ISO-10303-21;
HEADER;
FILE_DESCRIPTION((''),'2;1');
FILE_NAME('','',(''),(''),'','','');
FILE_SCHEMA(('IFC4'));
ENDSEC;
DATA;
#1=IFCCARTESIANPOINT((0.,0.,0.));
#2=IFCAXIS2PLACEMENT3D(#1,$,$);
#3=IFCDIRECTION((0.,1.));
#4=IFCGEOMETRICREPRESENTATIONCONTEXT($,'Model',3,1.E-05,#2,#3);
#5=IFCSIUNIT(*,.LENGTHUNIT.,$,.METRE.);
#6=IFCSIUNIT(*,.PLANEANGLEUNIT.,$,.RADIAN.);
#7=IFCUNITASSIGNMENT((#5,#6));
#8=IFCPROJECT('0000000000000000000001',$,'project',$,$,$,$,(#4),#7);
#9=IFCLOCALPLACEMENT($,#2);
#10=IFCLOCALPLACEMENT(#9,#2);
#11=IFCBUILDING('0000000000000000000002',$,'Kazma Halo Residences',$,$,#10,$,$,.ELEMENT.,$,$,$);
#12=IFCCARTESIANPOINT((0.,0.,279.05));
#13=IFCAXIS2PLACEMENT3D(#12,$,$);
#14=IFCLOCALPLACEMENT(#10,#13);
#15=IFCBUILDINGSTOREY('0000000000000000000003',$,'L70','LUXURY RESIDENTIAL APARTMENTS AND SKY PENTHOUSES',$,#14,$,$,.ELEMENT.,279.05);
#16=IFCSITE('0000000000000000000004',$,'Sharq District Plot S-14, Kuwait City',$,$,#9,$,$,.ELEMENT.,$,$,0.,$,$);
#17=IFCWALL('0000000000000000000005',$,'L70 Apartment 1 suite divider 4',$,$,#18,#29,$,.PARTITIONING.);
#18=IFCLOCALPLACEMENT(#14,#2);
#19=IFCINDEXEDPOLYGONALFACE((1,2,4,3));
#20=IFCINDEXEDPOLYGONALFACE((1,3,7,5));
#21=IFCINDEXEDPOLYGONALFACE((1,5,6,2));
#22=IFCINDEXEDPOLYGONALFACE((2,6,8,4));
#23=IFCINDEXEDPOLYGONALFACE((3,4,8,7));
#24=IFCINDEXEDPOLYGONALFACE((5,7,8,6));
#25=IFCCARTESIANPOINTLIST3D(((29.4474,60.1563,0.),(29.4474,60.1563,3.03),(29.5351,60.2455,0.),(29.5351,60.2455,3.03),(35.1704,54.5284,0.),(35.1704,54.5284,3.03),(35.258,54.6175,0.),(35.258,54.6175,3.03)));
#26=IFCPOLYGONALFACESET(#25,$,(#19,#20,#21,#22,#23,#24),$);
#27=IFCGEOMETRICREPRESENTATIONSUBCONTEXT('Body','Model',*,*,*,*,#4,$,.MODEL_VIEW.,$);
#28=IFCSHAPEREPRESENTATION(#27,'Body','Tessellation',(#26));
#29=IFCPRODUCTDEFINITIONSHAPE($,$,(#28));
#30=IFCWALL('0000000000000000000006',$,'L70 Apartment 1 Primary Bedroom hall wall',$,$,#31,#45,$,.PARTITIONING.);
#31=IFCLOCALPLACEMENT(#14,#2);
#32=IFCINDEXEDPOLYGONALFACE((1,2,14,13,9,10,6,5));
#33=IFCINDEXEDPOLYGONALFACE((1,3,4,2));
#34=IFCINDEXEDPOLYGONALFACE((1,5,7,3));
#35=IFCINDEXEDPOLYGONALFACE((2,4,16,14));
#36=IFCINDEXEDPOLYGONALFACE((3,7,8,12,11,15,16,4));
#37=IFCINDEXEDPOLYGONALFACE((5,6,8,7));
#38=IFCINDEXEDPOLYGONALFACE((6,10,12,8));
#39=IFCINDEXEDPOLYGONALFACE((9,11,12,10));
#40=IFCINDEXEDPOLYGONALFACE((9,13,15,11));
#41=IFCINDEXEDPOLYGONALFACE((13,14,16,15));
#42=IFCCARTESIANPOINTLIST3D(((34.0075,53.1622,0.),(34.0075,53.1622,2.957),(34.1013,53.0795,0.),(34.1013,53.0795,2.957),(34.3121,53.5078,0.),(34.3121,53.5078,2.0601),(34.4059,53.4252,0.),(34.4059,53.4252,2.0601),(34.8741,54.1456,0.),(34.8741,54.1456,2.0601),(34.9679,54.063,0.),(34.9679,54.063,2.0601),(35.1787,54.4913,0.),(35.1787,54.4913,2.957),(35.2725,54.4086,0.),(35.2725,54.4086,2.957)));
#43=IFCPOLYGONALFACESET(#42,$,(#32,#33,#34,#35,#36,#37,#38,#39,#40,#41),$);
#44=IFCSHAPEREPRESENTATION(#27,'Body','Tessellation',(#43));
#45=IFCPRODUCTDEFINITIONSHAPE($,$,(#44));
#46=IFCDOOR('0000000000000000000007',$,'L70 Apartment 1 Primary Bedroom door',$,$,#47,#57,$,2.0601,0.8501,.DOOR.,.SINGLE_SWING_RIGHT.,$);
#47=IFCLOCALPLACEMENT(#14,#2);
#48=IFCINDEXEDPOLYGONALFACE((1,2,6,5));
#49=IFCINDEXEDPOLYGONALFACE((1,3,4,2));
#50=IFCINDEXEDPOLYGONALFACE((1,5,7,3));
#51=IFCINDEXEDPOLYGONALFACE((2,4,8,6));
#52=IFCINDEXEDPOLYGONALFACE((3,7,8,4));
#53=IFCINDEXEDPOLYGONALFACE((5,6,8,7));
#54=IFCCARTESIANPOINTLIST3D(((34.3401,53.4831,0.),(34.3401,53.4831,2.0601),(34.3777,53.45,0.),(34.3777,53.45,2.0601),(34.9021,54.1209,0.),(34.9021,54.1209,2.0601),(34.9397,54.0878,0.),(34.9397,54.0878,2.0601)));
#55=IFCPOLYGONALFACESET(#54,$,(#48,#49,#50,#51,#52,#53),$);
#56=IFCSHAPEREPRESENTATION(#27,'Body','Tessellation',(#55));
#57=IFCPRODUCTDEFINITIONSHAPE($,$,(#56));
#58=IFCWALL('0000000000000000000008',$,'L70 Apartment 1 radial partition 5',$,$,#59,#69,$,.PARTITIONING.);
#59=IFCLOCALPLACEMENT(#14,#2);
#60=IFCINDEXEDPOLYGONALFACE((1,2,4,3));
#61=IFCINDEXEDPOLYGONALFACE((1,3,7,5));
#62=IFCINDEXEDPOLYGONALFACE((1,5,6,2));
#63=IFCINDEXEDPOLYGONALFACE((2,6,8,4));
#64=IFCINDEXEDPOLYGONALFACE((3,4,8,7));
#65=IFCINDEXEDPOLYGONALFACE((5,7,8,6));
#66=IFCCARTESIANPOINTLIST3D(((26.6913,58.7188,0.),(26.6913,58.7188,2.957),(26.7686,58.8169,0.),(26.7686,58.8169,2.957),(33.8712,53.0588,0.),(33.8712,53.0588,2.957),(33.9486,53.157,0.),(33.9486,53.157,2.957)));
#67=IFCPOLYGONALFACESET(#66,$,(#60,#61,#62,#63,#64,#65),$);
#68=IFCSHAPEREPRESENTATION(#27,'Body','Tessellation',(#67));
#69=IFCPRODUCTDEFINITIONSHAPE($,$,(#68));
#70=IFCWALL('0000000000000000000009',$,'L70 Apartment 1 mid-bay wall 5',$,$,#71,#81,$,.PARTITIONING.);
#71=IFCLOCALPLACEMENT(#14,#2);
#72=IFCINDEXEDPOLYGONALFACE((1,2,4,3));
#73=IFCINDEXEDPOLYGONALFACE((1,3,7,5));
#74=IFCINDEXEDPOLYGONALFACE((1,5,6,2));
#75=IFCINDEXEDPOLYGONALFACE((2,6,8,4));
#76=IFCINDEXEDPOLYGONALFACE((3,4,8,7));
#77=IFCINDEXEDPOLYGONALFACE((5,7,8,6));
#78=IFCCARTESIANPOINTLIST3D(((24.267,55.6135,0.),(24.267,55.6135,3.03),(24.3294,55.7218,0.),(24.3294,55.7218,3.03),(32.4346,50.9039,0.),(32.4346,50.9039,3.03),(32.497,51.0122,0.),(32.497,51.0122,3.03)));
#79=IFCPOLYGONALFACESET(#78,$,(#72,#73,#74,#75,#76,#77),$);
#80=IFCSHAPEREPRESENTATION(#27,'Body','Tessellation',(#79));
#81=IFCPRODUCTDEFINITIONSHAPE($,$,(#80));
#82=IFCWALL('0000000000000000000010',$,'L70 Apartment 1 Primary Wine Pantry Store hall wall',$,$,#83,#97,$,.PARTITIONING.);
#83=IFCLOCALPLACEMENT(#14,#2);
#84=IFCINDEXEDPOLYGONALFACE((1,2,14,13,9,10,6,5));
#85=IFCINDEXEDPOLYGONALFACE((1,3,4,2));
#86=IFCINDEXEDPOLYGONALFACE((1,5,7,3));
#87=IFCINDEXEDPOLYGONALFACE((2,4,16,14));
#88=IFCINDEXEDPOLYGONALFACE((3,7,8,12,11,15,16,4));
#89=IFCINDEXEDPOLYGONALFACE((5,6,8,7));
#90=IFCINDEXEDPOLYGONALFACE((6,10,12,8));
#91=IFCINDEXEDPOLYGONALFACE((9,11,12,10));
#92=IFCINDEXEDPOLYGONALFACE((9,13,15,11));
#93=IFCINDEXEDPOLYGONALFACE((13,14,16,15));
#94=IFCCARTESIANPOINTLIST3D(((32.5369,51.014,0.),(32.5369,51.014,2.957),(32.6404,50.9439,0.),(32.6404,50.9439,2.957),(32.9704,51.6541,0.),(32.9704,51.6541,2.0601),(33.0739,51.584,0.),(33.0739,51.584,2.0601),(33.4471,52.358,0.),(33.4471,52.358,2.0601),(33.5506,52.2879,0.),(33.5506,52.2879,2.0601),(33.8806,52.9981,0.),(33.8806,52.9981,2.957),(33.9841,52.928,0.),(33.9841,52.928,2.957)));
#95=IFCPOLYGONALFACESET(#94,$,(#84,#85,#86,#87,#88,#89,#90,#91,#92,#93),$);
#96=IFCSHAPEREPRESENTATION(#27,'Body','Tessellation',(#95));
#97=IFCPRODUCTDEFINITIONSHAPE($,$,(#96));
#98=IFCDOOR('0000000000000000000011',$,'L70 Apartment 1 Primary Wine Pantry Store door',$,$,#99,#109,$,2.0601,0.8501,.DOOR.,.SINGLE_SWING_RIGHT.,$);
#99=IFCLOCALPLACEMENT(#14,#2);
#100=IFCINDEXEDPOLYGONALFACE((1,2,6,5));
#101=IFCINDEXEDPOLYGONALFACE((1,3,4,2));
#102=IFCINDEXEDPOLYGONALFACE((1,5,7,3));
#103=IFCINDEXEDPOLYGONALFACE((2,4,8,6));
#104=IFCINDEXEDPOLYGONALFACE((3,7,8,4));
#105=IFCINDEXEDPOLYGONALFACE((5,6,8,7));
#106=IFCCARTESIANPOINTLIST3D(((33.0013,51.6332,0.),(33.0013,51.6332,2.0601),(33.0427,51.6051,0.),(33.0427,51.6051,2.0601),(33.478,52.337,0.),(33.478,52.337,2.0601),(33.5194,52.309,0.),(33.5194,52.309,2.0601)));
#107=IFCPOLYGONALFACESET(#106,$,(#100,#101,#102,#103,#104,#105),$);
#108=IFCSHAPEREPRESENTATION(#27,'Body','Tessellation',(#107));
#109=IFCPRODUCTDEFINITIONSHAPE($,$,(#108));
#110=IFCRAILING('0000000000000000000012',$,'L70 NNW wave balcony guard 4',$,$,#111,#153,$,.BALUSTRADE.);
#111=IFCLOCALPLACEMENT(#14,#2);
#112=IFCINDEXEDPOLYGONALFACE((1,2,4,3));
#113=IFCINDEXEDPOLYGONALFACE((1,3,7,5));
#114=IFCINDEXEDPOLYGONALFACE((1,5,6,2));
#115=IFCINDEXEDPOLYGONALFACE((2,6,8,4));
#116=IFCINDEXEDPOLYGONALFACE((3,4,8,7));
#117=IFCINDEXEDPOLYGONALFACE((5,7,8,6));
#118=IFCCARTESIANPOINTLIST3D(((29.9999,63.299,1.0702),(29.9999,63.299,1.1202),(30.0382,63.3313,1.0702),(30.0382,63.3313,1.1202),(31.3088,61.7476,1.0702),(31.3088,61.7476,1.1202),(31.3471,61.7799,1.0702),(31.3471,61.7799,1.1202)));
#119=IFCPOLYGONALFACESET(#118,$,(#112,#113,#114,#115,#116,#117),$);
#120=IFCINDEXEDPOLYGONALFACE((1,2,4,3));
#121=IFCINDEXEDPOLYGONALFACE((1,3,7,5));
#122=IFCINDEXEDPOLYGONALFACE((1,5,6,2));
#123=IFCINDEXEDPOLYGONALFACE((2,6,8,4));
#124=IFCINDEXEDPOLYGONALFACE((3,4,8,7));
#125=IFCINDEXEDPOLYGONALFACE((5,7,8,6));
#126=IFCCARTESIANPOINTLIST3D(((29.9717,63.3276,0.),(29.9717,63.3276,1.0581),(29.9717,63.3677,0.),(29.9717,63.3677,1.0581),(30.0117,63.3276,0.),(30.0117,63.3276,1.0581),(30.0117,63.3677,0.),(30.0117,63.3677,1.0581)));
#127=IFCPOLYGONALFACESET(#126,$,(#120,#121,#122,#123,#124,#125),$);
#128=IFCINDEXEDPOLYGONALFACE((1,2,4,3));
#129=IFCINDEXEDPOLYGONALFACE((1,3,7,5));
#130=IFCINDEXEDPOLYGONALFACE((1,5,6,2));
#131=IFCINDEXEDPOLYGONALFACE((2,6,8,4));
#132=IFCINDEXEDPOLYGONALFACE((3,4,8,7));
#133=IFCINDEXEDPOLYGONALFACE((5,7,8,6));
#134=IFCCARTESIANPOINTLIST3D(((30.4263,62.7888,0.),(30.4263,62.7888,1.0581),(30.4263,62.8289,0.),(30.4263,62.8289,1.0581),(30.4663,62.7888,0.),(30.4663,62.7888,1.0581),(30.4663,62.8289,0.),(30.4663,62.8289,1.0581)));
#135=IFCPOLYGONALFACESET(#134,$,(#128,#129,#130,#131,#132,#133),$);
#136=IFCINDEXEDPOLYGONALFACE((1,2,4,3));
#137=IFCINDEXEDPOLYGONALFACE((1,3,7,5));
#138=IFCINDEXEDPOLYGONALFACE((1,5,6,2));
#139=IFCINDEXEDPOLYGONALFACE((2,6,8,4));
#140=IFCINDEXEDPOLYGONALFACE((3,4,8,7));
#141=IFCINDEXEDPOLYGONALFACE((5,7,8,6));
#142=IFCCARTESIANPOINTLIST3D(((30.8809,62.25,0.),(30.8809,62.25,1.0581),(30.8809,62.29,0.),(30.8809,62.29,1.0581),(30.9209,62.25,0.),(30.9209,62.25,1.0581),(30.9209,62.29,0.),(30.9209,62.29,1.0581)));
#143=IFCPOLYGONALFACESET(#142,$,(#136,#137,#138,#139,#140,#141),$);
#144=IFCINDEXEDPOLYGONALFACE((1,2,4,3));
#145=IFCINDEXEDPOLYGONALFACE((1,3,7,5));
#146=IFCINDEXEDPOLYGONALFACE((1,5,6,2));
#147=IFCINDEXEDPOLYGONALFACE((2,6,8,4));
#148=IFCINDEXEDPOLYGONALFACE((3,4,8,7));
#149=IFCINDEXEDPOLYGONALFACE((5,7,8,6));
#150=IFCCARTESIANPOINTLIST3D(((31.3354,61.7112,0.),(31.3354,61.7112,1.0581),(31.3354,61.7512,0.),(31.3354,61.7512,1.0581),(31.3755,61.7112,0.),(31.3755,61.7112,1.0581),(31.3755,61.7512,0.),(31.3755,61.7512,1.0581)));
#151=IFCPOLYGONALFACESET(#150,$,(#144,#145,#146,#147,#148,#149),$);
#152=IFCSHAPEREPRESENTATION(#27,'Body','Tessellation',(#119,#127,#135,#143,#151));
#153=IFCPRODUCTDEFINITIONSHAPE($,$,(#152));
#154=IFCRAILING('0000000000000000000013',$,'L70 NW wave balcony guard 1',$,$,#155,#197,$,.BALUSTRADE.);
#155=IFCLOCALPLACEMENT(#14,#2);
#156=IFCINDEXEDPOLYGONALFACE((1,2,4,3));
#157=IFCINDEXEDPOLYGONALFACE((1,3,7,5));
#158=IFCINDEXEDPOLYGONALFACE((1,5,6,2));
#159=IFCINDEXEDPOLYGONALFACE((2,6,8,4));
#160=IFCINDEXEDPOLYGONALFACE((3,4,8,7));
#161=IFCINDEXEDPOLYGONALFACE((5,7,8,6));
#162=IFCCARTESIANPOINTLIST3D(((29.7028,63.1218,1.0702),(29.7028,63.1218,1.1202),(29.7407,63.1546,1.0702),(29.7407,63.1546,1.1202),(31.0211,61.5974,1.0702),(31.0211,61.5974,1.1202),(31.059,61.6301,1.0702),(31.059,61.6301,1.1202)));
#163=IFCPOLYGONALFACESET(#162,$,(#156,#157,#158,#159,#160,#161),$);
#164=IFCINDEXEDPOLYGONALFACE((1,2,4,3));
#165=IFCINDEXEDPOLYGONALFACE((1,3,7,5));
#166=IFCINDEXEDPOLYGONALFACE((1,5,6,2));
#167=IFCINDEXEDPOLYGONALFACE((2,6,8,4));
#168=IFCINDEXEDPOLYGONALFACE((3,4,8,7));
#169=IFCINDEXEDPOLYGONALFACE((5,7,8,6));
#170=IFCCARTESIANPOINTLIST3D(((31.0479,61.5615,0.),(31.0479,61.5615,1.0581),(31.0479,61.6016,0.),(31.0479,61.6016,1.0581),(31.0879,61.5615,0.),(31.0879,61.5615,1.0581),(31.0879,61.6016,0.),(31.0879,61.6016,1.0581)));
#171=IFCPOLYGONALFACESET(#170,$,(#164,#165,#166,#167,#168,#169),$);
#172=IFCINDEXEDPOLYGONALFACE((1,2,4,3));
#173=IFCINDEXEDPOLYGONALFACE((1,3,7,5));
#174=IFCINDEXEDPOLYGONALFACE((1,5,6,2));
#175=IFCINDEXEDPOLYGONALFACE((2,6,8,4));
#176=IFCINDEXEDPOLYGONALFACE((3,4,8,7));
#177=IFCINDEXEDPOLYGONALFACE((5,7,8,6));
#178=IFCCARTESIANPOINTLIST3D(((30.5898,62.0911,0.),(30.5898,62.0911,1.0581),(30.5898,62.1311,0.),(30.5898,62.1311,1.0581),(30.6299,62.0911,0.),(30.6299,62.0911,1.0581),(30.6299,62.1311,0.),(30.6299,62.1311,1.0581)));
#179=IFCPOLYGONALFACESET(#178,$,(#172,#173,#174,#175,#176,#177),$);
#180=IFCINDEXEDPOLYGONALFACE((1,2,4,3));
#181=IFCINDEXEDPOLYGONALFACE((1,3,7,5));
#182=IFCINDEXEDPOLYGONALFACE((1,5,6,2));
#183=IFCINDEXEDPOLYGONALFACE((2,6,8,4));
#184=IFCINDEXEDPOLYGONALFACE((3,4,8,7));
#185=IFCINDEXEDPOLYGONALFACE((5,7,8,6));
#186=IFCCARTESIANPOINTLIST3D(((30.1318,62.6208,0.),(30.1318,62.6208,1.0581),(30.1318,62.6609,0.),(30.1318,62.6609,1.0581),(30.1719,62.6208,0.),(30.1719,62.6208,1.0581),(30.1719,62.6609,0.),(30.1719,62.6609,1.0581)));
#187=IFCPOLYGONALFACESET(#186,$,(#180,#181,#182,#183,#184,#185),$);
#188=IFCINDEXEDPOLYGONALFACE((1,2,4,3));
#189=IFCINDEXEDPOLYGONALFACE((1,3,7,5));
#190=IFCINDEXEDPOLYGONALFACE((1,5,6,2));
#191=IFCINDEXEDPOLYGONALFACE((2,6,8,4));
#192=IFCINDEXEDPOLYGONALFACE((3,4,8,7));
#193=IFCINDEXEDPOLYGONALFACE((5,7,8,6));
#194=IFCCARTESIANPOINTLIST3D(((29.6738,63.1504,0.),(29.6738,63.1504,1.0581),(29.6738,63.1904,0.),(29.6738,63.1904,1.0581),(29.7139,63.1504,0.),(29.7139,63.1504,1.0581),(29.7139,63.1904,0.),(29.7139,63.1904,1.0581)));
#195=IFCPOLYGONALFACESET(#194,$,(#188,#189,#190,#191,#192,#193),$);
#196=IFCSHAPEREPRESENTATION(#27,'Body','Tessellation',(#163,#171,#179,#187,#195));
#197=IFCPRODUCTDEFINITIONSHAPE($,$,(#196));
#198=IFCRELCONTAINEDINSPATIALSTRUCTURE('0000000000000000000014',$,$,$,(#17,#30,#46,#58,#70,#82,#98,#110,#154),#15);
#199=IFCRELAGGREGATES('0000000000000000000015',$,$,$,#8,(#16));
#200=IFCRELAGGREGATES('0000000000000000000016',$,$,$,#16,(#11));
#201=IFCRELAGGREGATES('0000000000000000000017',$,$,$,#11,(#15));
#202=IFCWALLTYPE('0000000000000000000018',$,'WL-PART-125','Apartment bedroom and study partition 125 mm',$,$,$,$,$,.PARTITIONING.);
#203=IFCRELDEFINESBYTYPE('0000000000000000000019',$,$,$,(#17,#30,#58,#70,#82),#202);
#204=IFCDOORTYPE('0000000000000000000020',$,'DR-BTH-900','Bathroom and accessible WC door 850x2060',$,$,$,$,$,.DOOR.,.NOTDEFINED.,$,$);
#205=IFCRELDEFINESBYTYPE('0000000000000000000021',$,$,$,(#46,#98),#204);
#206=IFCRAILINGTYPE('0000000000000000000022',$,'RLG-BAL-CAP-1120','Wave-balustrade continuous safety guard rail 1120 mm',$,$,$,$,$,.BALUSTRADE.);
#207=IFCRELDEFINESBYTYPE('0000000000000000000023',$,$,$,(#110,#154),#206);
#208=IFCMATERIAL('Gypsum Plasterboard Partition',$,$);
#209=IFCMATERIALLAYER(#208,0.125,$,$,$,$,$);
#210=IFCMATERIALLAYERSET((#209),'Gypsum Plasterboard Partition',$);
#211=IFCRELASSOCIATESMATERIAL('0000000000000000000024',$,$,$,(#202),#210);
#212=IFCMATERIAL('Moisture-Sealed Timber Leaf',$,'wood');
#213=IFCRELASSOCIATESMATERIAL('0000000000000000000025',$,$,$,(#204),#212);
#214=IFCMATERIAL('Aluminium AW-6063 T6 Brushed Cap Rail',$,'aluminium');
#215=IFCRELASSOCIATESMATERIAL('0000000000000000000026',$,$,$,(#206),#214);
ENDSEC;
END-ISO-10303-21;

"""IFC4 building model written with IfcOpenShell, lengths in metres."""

from ifc_helpers import new_model, si_unit, direction, frame, frame_2d, origin, origin_2d, place, context, subcontext, project, spatial, rectangle, extrude, material, layer, layer_set, type_object, element, fill, save


model = new_model("IFC4")

# Units and contexts
model_context = context("Model", 3, precision=1e-05, world=origin(), true_north=direction((0.0, 1.0)))
body_context = subcontext(model_context, "Body", "Model", "MODEL_VIEW")
ifc_project = project(units=[si_unit("LENGTHUNIT", "METRE"), si_unit("PLANEANGLEUNIT", "RADIAN")], contexts=[model_context])

# Site, building, storey
site_placement = place(None, origin())
site = spatial("IfcSite", under=ifc_project, at=site_placement, Name="Sharq District Plot S-14, Kuwait City", CompositionType="ELEMENT", RefElevation=0.0)
building_placement = place(site_placement, origin())
building = spatial("IfcBuilding", under=site, at=building_placement, Name="Kazma Halo Residences", CompositionType="ELEMENT")
storey_placement = place(building_placement, frame((0.0, 0.0, 279.05)))
storey = spatial("IfcBuildingStorey", under=building, at=storey_placement, Name="L70", Description="LUXURY RESIDENTIAL APARTMENTS AND SKY PENTHOUSES", CompositionType="ELEMENT", Elevation=279.05)

# Shared definitions
ifc_material_1 = material(Name="Gypsum Plasterboard Partition")
ifc_layer_1 = layer(ifc_material_1, 0.125)
ifc_layer_set_1 = layer_set([ifc_layer_1], Name="Gypsum Plasterboard Partition")
wall_type_1 = type_object("IfcWallType", Name="WL-PART-125", Description="Apartment bedroom and study partition 125 mm", PredefinedType="PARTITIONING", material=ifc_layer_set_1)
ifc_material_2 = material(Name="Moisture-Sealed Timber Leaf", Category="wood")
door_type_1 = type_object("IfcDoorType", Name="DR-BTH-900", Description="Bathroom and accessible WC door 850x2060", OperationType="NOTDEFINED", PredefinedType="DOOR", material=ifc_material_2)

# Wall
wall_1_placement = place(storey_placement, frame((35.2141, 54.573, 0.0), z_axis=(0.0, 0.0, 1.0), x_axis=(-0.712998, 0.701166, 0.0)))
element("IfcWall", 1, at=wall_1_placement, inside=storey, type_object=wall_type_1, Name="L70 Apartment 1 suite divider 4", PredefinedType="PARTITIONING", context=body_context, shape_type="SweptSolid", body=[
    extrude(rectangle(XDim=8.0266, YDim=0.125, at=frame_2d((4.0132, 0.0))), origin(), (0.0, 0.0, 1.0), 3.03),
])

# Wall, opening, door
wall_2_placement = place(storey_placement, frame((35.2256, 54.45, 0.0), z_axis=(0.0, 0.0, 1.0), x_axis=(-0.661116, -0.750284, 0.0)))
wall_2 = element("IfcWall", 2, at=wall_2_placement, inside=storey, type_object=wall_type_1, Name="L70 Apartment 1 Primary Bedroom hall wall", PredefinedType="PARTITIONING", context=body_context, shape_type="SweptSolid", body=[
    extrude(rectangle(XDim=1.7715, YDim=0.125, at=frame_2d((0.8857, 0.0))), origin(), (0.0, 0.0, 1.0), 2.957),
])
opening_1_placement = place(wall_2_placement, frame((0.4607, 0.0, 0.0)))
opening_1 = element("IfcOpeningElement", 3, at=opening_1_placement, cuts=wall_2, PredefinedType="OPENING", context=body_context, shape_type="SweptSolid", body=[
    extrude(rectangle(XDim=0.8501, YDim=2.0601, at=frame_2d((0.425, 1.03))), frame((0.0, 0.0725, 0.0), z_axis=(0.0, -1.0, 0.0), x_axis=(1.0, 0.0, 0.0)), (0.0, 0.0, 1.0), 0.145),
])
door_1_placement = place(opening_1_placement, origin())
door_1 = element("IfcDoor", 4, at=door_1_placement, inside=storey, type_object=door_type_1, Name="L70 Apartment 1 Primary Bedroom door", OperationType="SINGLE_SWING_RIGHT", OverallHeight=2.0601, OverallWidth=0.8501, PredefinedType="DOOR", context=body_context, shape_type="SweptSolid", body=[
    extrude(rectangle(XDim=0.8501, YDim=2.0601, at=frame_2d((0.425, 1.03))), frame((0.0, 0.0249, 0.0), z_axis=(0.0, -1.0, 0.0), x_axis=(1.0, 0.0, 0.0)), (0.0, 0.0, 1.0), 0.05),
])
fill(opening_1, door_1)

# Walls
wall_3_placement = place(storey_placement, frame((33.9099, 53.1079, 0.0), z_axis=(0.0, 0.0, 1.0), x_axis=(-0.785332, 0.619074, 0.0)))
element("IfcWall", 5, at=wall_3_placement, inside=storey, type_object=wall_type_1, Name="L70 Apartment 1 radial partition 5", PredefinedType="PARTITIONING", context=body_context, shape_type="SweptSolid", body=[
    extrude(rectangle(XDim=9.1426, YDim=0.125, at=frame_2d((4.5713, 0.0))), origin(), (0.0, 0.0, 1.0), 2.957),
])
wall_4_placement = place(storey_placement, frame((32.4658, 50.958, 0.0), z_axis=(0.0, 0.0, 1.0), x_axis=(-0.866297, 0.499529, 0.0)))
element("IfcWall", 6, at=wall_4_placement, inside=storey, type_object=wall_type_1, Name="L70 Apartment 1 mid-bay wall 5", PredefinedType="PARTITIONING", context=body_context, shape_type="SweptSolid", body=[
    extrude(rectangle(XDim=9.4282, YDim=0.125, at=frame_2d((4.7141, 0.0))), origin(), (0.0, 0.0, 1.0), 3.03),
])

# Wall, opening, door
wall_5_placement = place(storey_placement, frame((33.9324, 52.9631, 0.0), z_axis=(0.0, 0.0, 1.0), x_axis=(-0.560751, -0.827984, 0.0)))
wall_5 = element("IfcWall", 7, at=wall_5_placement, inside=storey, type_object=wall_type_1, Name="L70 Apartment 1 Primary Wine Pantry Store hall wall", PredefinedType="PARTITIONING", context=body_context, shape_type="SweptSolid", body=[
    extrude(rectangle(XDim=2.3962, YDim=0.125, at=frame_2d((1.1982, 0.0))), origin(), (0.0, 0.0, 1.0), 2.957),
])
opening_2_placement = place(wall_5_placement, frame((0.7732, 0.0, 0.0)))
opening_2 = element("IfcOpeningElement", 8, at=opening_2_placement, cuts=wall_5, PredefinedType="OPENING", context=body_context, shape_type="SweptSolid", body=[
    extrude(rectangle(XDim=0.8501, YDim=2.0601, at=frame_2d((0.425, 1.03))), frame((0.0, 0.0725, 0.0), z_axis=(0.0, -1.0, 0.0), x_axis=(1.0, 0.0, 0.0)), (0.0, 0.0, 1.0), 0.145),
])
door_2_placement = place(opening_2_placement, origin())
door_2 = element("IfcDoor", 9, at=door_2_placement, inside=storey, type_object=door_type_1, Name="L70 Apartment 1 Primary Wine Pantry Store door", OperationType="SINGLE_SWING_RIGHT", OverallHeight=2.0601, OverallWidth=0.8501, PredefinedType="DOOR", context=body_context, shape_type="SweptSolid", body=[
    extrude(rectangle(XDim=0.8501, YDim=2.0601, at=frame_2d((0.425, 1.03))), frame((0.0, 0.0249, 0.0), z_axis=(0.0, -1.0, 0.0), x_axis=(1.0, 0.0, 0.0)), (0.0, 0.0, 1.0), 0.05),
])
fill(opening_2, door_2)

# Railings
ifc_material_3 = material(Name="Aluminium AW-6063 T6 Brushed Cap Rail", Category="aluminium")
railing_type = type_object("IfcRailingType", Name="RLG-BAL-CAP-1120", Description="Wave-balustrade continuous safety guard rail 1120 mm", PredefinedType="BALUSTRADE", material=ifc_material_3)
railing_1_placement = place(storey_placement, frame((29.9917, 63.3477, 0.0)))
element("IfcRailing", 10, at=railing_1_placement, inside=storey, type_object=railing_type, Name="L70 NNW wave balcony guard 4", PredefinedType="BALUSTRADE", context=body_context, shape_type="SweptSolid", body=[
    extrude(rectangle(XDim=0.05, YDim=0.05, at=origin_2d()), frame((0.0273, -0.0325, 1.0952), z_axis=(0.644839, -0.764318, 0.0), x_axis=(0.764318, 0.644839, 0.0)), (0.0, 0.0, 1.0), 2.0298),
    extrude(rectangle(XDim=0.04, YDim=0.04, at=origin_2d()), origin(), (0.0, 0.0, 1.0), 1.0581),
    extrude(rectangle(XDim=0.04, YDim=0.04, at=origin_2d()), frame((0.4546, -0.5388, 0.0)), (0.0, 0.0, 1.0), 1.0581),
    extrude(rectangle(XDim=0.04, YDim=0.04, at=origin_2d()), frame((0.9092, -1.0776, 0.0)), (0.0, 0.0, 1.0), 1.0581),
    extrude(rectangle(XDim=0.04, YDim=0.04, at=origin_2d()), frame((1.3638, -1.6165, 0.0)), (0.0, 0.0, 1.0), 1.0581),
])
railing_2_placement = place(storey_placement, frame((31.0679, 61.5815, 0.0)))
element("IfcRailing", 11, at=railing_2_placement, inside=storey, type_object=railing_type, Name="L70 NW wave balcony guard 1", PredefinedType="BALUSTRADE", context=body_context, shape_type="SweptSolid", body=[
    extrude(rectangle(XDim=0.05, YDim=0.05, at=origin_2d()), frame((-0.0278, 0.0322, 1.0952), z_axis=(-0.654116, 0.756394, 0.0), x_axis=(-0.756394, -0.654116, 0.0)), (0.0, 0.0, 1.0), 2.0154),
    extrude(rectangle(XDim=0.04, YDim=0.04, at=origin_2d()), origin(), (0.0, 0.0, 1.0), 1.0581),
    extrude(rectangle(XDim=0.04, YDim=0.04, at=origin_2d()), frame((-0.458, 0.5295, 0.0)), (0.0, 0.0, 1.0), 1.0581),
    extrude(rectangle(XDim=0.04, YDim=0.04, at=origin_2d()), frame((-0.916, 1.0593, 0.0)), (0.0, 0.0, 1.0), 1.0581),
    extrude(rectangle(XDim=0.04, YDim=0.04, at=origin_2d()), frame((-1.374, 1.5889, 0.0)), (0.0, 0.0, 1.0), 1.0581),
])

save(model, "model.ifc")
